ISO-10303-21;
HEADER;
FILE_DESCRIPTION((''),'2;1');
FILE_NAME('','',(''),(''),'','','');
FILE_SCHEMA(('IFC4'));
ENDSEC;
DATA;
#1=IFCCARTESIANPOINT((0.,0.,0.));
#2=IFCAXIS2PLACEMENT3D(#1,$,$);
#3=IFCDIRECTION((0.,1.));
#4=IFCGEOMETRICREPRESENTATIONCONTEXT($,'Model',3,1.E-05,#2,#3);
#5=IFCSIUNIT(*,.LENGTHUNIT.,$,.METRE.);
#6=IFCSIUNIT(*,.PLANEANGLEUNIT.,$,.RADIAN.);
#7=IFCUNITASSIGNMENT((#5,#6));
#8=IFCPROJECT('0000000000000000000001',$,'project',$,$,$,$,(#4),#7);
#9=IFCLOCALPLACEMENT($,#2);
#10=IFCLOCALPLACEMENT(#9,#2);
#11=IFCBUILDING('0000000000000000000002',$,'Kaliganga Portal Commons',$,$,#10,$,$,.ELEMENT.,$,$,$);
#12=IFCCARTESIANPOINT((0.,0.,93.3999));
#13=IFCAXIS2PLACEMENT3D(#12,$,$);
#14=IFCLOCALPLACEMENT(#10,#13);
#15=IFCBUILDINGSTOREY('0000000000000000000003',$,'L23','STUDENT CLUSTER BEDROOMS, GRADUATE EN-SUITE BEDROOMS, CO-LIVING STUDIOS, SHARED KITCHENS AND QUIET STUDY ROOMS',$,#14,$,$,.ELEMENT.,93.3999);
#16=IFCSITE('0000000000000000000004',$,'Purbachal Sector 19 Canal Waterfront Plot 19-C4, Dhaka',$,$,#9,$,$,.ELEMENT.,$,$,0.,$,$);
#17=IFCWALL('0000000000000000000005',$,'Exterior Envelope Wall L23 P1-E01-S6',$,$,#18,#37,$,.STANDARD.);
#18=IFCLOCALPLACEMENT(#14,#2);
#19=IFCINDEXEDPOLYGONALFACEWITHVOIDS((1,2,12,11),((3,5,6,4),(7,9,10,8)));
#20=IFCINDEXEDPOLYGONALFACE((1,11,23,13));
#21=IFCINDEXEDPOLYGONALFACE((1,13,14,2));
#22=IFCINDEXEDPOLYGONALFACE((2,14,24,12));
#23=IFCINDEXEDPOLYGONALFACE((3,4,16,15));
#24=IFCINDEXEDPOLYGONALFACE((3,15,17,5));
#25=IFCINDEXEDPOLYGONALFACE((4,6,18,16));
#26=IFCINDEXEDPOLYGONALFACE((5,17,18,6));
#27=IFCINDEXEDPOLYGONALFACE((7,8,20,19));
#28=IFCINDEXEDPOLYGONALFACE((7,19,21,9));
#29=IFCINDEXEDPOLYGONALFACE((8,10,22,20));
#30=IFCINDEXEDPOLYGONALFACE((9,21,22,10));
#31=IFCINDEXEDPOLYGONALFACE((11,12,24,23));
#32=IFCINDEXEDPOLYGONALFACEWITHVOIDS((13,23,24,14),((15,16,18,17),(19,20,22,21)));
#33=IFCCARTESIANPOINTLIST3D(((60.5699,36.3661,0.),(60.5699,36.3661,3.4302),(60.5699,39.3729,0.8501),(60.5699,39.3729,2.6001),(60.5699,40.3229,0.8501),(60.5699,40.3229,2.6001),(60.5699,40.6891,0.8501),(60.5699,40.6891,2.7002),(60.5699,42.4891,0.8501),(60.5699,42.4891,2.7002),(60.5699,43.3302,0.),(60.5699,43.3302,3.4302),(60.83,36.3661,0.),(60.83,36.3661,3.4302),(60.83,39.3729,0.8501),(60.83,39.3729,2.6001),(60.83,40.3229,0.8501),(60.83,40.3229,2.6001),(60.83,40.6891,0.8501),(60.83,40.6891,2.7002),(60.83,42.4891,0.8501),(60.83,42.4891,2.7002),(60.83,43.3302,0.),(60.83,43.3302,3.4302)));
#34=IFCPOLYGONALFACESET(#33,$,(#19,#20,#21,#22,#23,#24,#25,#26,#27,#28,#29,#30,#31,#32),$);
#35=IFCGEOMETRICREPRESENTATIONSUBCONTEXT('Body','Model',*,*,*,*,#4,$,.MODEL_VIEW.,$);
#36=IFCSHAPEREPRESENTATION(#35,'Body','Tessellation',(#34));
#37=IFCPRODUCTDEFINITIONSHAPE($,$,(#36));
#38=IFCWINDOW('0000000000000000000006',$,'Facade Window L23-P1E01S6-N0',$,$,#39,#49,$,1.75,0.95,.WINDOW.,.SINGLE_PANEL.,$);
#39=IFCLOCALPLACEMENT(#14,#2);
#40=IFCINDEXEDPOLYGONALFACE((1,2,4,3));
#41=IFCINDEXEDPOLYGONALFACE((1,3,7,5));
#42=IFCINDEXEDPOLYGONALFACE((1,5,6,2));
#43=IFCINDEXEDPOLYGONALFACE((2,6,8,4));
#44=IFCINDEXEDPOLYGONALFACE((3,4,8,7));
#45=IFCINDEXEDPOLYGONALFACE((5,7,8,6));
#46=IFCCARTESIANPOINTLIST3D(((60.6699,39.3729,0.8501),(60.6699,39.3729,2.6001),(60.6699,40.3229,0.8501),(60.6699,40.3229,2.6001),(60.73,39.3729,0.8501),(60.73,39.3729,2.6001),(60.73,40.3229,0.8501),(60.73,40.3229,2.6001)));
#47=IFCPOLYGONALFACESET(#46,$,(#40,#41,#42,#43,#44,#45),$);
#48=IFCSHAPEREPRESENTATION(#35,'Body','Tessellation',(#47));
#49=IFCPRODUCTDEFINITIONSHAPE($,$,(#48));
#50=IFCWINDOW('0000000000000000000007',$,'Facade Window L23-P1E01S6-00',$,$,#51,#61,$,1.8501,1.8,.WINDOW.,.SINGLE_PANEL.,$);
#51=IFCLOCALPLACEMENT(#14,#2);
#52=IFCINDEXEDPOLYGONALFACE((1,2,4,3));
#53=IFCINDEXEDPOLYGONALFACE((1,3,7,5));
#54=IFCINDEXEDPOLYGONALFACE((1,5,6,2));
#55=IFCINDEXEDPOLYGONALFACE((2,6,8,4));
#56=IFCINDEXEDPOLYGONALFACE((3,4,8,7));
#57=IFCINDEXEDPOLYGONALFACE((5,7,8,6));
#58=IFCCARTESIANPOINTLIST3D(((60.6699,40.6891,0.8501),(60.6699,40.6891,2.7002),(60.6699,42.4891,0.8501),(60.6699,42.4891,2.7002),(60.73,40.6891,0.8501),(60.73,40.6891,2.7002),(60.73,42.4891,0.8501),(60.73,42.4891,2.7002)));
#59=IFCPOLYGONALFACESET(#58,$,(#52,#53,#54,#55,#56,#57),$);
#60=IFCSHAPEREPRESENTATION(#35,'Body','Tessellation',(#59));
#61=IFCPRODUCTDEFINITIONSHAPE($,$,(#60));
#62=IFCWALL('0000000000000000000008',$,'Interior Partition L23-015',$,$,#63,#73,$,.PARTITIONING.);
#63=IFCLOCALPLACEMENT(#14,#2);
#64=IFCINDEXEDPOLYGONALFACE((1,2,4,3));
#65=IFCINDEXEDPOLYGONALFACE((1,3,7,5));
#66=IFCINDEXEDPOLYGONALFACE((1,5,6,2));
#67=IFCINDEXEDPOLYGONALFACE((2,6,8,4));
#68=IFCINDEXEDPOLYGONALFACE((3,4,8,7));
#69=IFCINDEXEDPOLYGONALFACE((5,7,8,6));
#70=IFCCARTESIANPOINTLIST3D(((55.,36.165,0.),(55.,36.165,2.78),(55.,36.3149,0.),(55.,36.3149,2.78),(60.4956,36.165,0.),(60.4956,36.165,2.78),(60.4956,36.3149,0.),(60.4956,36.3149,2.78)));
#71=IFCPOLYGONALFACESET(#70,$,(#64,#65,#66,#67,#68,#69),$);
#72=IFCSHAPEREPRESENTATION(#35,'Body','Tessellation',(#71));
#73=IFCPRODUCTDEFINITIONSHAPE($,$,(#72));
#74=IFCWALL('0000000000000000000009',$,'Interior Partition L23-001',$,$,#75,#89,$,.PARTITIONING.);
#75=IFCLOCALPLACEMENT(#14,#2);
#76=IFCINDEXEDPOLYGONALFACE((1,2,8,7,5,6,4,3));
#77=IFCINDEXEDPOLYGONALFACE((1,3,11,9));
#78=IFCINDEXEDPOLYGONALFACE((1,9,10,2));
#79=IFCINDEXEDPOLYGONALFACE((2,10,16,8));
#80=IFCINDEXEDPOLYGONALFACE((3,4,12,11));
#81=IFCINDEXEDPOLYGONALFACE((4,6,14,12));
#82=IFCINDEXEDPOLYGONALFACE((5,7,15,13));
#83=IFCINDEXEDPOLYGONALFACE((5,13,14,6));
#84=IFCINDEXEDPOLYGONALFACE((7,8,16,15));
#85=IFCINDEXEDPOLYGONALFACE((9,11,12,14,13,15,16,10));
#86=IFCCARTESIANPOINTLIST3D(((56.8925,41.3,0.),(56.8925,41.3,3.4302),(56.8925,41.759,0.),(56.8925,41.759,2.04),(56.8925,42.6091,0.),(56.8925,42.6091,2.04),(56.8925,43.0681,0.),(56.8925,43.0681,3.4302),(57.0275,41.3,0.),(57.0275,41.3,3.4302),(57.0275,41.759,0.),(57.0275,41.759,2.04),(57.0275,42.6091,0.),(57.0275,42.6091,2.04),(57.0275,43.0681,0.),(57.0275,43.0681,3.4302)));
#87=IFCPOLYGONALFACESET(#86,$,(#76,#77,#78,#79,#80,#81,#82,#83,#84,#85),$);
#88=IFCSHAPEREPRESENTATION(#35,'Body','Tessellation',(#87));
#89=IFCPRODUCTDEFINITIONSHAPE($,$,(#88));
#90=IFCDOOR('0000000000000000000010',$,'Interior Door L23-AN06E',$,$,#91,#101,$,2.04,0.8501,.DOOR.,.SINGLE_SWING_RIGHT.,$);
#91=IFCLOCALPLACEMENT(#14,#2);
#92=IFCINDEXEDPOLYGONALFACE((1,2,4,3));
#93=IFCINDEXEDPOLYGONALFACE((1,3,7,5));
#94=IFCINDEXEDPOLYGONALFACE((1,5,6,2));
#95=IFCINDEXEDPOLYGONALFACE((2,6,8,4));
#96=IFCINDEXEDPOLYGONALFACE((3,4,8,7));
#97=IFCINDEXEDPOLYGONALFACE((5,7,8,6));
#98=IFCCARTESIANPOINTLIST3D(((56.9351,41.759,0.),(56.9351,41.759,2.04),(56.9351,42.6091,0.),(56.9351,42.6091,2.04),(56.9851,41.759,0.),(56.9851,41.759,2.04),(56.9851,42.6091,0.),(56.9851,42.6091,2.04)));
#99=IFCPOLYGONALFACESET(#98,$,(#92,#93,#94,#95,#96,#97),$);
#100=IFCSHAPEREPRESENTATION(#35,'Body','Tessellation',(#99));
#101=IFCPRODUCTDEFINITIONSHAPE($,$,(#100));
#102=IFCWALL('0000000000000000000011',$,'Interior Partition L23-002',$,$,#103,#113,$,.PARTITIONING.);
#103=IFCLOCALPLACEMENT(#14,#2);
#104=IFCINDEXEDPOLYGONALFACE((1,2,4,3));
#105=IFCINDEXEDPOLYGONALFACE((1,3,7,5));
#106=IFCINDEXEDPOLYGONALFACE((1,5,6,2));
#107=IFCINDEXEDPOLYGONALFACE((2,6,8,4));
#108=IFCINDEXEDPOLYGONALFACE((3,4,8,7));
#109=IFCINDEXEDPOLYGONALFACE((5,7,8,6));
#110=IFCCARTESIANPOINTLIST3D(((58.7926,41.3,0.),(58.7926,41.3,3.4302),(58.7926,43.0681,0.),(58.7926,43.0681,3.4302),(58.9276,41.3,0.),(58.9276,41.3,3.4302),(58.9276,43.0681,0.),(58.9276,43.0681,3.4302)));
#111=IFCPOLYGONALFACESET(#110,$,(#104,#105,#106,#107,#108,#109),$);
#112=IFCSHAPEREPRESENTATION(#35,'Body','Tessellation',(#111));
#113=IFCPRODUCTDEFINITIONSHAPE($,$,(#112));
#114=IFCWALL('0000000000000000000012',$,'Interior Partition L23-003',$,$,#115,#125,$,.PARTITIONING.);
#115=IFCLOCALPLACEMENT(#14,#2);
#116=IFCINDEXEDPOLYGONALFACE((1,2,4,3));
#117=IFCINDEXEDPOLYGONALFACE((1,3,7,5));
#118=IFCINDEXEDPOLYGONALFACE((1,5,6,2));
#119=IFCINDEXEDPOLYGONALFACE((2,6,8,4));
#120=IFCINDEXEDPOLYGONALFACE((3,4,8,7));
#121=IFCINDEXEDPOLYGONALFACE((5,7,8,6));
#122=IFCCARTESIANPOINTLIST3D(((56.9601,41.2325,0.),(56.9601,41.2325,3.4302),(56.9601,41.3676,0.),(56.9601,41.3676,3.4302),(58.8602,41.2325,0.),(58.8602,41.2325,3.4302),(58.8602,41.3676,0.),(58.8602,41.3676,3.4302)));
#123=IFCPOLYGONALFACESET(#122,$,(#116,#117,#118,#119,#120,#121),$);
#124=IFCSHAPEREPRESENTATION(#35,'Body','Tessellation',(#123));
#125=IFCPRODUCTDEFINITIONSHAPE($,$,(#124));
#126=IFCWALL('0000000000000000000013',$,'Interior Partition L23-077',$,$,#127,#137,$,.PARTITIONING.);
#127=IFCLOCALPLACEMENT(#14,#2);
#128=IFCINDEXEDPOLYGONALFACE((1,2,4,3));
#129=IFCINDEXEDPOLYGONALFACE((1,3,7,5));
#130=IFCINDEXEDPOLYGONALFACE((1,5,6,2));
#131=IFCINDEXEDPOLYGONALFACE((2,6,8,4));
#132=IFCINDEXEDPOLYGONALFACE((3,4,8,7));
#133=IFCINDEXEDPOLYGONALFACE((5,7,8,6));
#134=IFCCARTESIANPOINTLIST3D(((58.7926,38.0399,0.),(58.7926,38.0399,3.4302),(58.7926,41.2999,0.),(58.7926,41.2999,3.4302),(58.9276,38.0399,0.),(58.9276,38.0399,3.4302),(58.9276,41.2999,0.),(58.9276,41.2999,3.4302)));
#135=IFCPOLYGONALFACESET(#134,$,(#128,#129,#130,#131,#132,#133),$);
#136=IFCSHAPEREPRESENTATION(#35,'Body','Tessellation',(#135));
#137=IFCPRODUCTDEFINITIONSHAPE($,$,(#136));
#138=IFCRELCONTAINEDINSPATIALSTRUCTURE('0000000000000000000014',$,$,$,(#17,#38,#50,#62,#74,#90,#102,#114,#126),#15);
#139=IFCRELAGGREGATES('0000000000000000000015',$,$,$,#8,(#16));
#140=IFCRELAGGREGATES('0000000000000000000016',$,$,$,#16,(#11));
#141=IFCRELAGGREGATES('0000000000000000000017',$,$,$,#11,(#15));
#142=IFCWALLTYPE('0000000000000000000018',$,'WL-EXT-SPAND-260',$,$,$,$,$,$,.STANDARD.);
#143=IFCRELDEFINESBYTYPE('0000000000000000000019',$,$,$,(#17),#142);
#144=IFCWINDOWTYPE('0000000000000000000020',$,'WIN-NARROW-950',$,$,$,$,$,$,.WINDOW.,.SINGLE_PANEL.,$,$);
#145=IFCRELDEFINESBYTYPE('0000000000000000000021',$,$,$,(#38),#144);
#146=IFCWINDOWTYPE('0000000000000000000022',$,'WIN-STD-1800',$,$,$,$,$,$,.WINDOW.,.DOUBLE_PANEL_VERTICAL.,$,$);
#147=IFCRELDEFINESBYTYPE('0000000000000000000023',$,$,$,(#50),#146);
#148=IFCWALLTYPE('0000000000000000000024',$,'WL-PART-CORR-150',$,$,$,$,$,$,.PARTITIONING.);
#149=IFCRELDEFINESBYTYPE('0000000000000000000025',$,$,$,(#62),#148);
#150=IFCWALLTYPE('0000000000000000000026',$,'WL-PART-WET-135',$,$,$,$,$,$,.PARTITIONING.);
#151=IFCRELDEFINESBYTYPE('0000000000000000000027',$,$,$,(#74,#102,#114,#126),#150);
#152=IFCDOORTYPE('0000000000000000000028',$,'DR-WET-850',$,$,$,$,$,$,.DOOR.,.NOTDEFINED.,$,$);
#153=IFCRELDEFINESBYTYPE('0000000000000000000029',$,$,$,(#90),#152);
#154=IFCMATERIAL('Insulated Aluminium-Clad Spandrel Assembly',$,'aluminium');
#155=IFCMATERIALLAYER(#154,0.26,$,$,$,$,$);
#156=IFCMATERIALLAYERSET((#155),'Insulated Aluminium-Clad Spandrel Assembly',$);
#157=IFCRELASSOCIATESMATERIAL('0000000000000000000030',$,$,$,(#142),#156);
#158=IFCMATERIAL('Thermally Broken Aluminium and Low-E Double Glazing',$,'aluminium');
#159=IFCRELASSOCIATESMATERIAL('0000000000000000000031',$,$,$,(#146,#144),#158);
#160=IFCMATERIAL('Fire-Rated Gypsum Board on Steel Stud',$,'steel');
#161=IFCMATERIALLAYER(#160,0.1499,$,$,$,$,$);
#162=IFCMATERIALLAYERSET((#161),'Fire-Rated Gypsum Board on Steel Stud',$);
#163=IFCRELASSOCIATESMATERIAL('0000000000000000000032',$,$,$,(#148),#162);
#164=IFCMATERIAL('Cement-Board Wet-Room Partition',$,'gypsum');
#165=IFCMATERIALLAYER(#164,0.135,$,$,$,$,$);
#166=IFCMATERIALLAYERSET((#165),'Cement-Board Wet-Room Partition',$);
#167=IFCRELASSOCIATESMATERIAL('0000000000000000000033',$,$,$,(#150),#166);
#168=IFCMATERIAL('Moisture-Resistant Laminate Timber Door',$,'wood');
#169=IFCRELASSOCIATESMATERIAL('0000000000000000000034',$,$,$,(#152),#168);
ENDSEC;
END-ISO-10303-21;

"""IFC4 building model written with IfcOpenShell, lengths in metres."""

from ifc_helpers import new_model, si_unit, direction, frame, frame_2d, origin, place, context, subcontext, project, spatial, rectangle, extrude, material, layer, layer_set, type_object, element, fill, save


model = new_model("IFC4")

# Units and contexts
model_context = context("Model", 3, precision=1e-05, world=origin(), true_north=direction((0.0, 1.0)))
body_context = subcontext(model_context, "Body", "Model", "MODEL_VIEW")
ifc_project = project(units=[si_unit("LENGTHUNIT", "METRE"), si_unit("PLANEANGLEUNIT", "RADIAN")], contexts=[model_context])

# Site, building, storey
site_placement = place(None, origin())
site = spatial("IfcSite", under=ifc_project, at=site_placement, Name="Purbachal Sector 19 Canal Waterfront Plot 19-C4, Dhaka", CompositionType="ELEMENT", RefElevation=0.0)
building_placement = place(site_placement, origin())
building = spatial("IfcBuilding", under=site, at=building_placement, Name="Kaliganga Portal Commons", CompositionType="ELEMENT")
storey_placement = place(building_placement, frame((0.0, 0.0, 93.3999)))
storey = spatial("IfcBuildingStorey", under=building, at=storey_placement, Name="L23", Description="STUDENT CLUSTER BEDROOMS, GRADUATE EN-SUITE BEDROOMS, CO-LIVING STUDIOS, SHARED KITCHENS AND QUIET STUDY ROOMS", CompositionType="ELEMENT", Elevation=93.3999)

# Wall, openings, windows
ifc_material_1 = material(Name="Insulated Aluminium-Clad Spandrel Assembly", Category="aluminium")
ifc_layer_1 = layer(ifc_material_1, 0.26)
ifc_layer_set_1 = layer_set([ifc_layer_1], Name="Insulated Aluminium-Clad Spandrel Assembly")
wall_type_1 = type_object("IfcWallType", Name="WL-EXT-SPAND-260", PredefinedType="STANDARD", material=ifc_layer_set_1)
ifc_material_2 = material(Name="Thermally Broken Aluminium and Low-E Double Glazing", Category="aluminium")
window_type_1 = type_object("IfcWindowType", Name="WIN-STD-1800", PartitioningType="DOUBLE_PANEL_VERTICAL", PredefinedType="WINDOW", material=ifc_material_2)
wall_1_placement = place(storey_placement, frame((60.7, 43.3301, 0.0), z_axis=(0.0, 0.0, 1.0), x_axis=(0.0, -1.0, 0.0)))
wall_1 = element("IfcWall", 1, at=wall_1_placement, inside=storey, type_object=wall_type_1, Name="Exterior Envelope Wall L23 P1-E01-S6", PredefinedType="STANDARD", context=body_context, shape_type="SweptSolid", body=[
    extrude(rectangle(XDim=6.9641, YDim=0.26, at=frame_2d((3.4819, 0.0))), origin(), (0.0, 0.0, 1.0), 3.4302),
])
opening_1_placement = place(wall_1_placement, frame((0.8411, 0.0, 0.8501)))
opening_1 = element("IfcOpeningElement", 2, at=opening_1_placement, cuts=wall_1, PredefinedType="OPENING", context=body_context, shape_type="SweptSolid", body=[
    extrude(rectangle(XDim=1.8, YDim=1.8501, at=frame_2d((0.8999, 0.925))), frame((0.0, 0.1401, 0.0), z_axis=(0.0, -1.0, 0.0), x_axis=(1.0, 0.0, 0.0)), (0.0, 0.0, 1.0), 0.28),
])
opening_2_placement = place(wall_1_placement, frame((3.0071, 0.0, 0.8501)))
opening_2 = element("IfcOpeningElement", 3, at=opening_2_placement, cuts=wall_1, PredefinedType="OPENING", context=body_context, shape_type="SweptSolid", body=[
    extrude(rectangle(XDim=0.95, YDim=1.75, at=frame_2d((0.4751, 0.875))), frame((0.0, 0.1401, 0.0), z_axis=(0.0, -1.0, 0.0), x_axis=(1.0, 0.0, 0.0)), (0.0, 0.0, 1.0), 0.28),
])
window_type_2 = type_object("IfcWindowType", Name="WIN-NARROW-950", PartitioningType="SINGLE_PANEL", PredefinedType="WINDOW", material=ifc_material_2)
window_1_placement = place(opening_2_placement, origin())
window_1 = element("IfcWindow", 4, at=window_1_placement, inside=storey, type_object=window_type_2, Name="Facade Window L23-P1E01S6-N0", OverallHeight=1.75, OverallWidth=0.95, PartitioningType="SINGLE_PANEL", PredefinedType="WINDOW", context=body_context, shape_type="SweptSolid", body=[
    extrude(rectangle(XDim=0.95, YDim=1.75, at=frame_2d((0.4751, 0.875))), frame((0.0, 0.03, 0.0), z_axis=(0.0, -1.0, 0.0), x_axis=(1.0, 0.0, 0.0)), (0.0, 0.0, 1.0), 0.0601),
])
fill(opening_2, window_1)
window_2_placement = place(opening_1_placement, origin())
window_2 = element("IfcWindow", 5, at=window_2_placement, inside=storey, type_object=window_type_1, Name="Facade Window L23-P1E01S6-00", OverallHeight=1.8501, OverallWidth=1.8, PartitioningType="SINGLE_PANEL", PredefinedType="WINDOW", context=body_context, shape_type="SweptSolid", body=[
    extrude(rectangle(XDim=1.8, YDim=1.8501, at=frame_2d((0.8999, 0.925))), frame((0.0, 0.03, 0.0), z_axis=(0.0, -1.0, 0.0), x_axis=(1.0, 0.0, 0.0)), (0.0, 0.0, 1.0), 0.0601),
])
fill(opening_1, window_2)

# Wall
ifc_material_3 = material(Name="Fire-Rated Gypsum Board on Steel Stud", Category="steel")
ifc_layer_2 = layer(ifc_material_3, 0.1499)
ifc_layer_set_2 = layer_set([ifc_layer_2], Name="Fire-Rated Gypsum Board on Steel Stud")
wall_type_2 = type_object("IfcWallType", Name="WL-PART-CORR-150", PredefinedType="PARTITIONING", material=ifc_layer_set_2)
wall_2_placement = place(storey_placement, frame((55.0, 36.24, 0.0), z_axis=(0.0, 0.0, 1.0), x_axis=(1.0, 0.0, 0.0)))
element("IfcWall", 6, at=wall_2_placement, inside=storey, type_object=wall_type_2, Name="Interior Partition L23-015", PredefinedType="PARTITIONING", context=body_context, shape_type="SweptSolid", body=[
    extrude(rectangle(XDim=5.4956, YDim=0.1499, at=frame_2d((2.7478, 0.0))), origin(), (0.0, 0.0, 1.0), 2.78),
])

# Wall, opening, door
ifc_material_4 = material(Name="Cement-Board Wet-Room Partition", Category="gypsum")
ifc_layer_3 = layer(ifc_material_4, 0.135)
ifc_layer_set_3 = layer_set([ifc_layer_3], Name="Cement-Board Wet-Room Partition")
wall_type_3 = type_object("IfcWallType", Name="WL-PART-WET-135", PredefinedType="PARTITIONING", material=ifc_layer_set_3)
wall_3_placement = place(storey_placement, frame((56.96, 41.3, 0.0), z_axis=(0.0, 0.0, 1.0), x_axis=(0.0, 1.0, 0.0)))
wall_3 = element("IfcWall", 7, at=wall_3_placement, inside=storey, type_object=wall_type_3, Name="Interior Partition L23-001", PredefinedType="PARTITIONING", context=body_context, shape_type="SweptSolid", body=[
    extrude(rectangle(XDim=1.7681, YDim=0.135, at=frame_2d((0.884, 0.0))), origin(), (0.0, 0.0, 1.0), 3.4302),
])
opening_3_placement = place(wall_3_placement, frame((0.459, 0.0, 0.0)))
opening_3 = element("IfcOpeningElement", 8, at=opening_3_placement, cuts=wall_3, PredefinedType="OPENING", context=body_context, shape_type="SweptSolid", body=[
    extrude(rectangle(XDim=0.8501, YDim=2.04, at=frame_2d((0.425, 1.02))), frame((0.0, 0.0776, 0.0), z_axis=(0.0, -1.0, 0.0), x_axis=(1.0, 0.0, 0.0)), (0.0, 0.0, 1.0), 0.155),
])
ifc_material_5 = material(Name="Moisture-Resistant Laminate Timber Door", Category="wood")
door_type_1 = type_object("IfcDoorType", Name="DR-WET-850", OperationType="NOTDEFINED", PredefinedType="DOOR", material=ifc_material_5)
door_1_placement = place(opening_3_placement, origin())
door_1 = element("IfcDoor", 9, at=door_1_placement, inside=storey, type_object=door_type_1, Name="Interior Door L23-AN06E", OperationType="SINGLE_SWING_RIGHT", OverallHeight=2.04, OverallWidth=0.8501, PredefinedType="DOOR", context=body_context, shape_type="SweptSolid", body=[
    extrude(rectangle(XDim=0.8501, YDim=2.04, at=frame_2d((0.425, 1.02))), frame((0.0, 0.0249, 0.0), z_axis=(0.0, -1.0, 0.0), x_axis=(1.0, 0.0, 0.0)), (0.0, 0.0, 1.0), 0.05),
])
fill(opening_3, door_1)

# Walls
wall_4_placement = place(storey_placement, frame((58.8601, 41.3, 0.0), z_axis=(0.0, 0.0, 1.0), x_axis=(0.0, 1.0, 0.0)))
element("IfcWall", 10, at=wall_4_placement, inside=storey, type_object=wall_type_3, Name="Interior Partition L23-002", PredefinedType="PARTITIONING", context=body_context, shape_type="SweptSolid", body=[
    extrude(rectangle(XDim=1.7681, YDim=0.135, at=frame_2d((0.884, 0.0))), origin(), (0.0, 0.0, 1.0), 3.4302),
])
wall_5_placement = place(storey_placement, frame((56.96, 41.3, 0.0), z_axis=(0.0, 0.0, 1.0), x_axis=(1.0, 0.0, 0.0)))
element("IfcWall", 11, at=wall_5_placement, inside=storey, type_object=wall_type_3, Name="Interior Partition L23-003", PredefinedType="PARTITIONING", context=body_context, shape_type="SweptSolid", body=[
    extrude(rectangle(XDim=1.9001, YDim=0.135, at=frame_2d((0.9502, 0.0))), origin(), (0.0, 0.0, 1.0), 3.4302),
])
wall_6_placement = place(storey_placement, frame((58.8601, 38.04, 0.0), z_axis=(0.0, 0.0, 1.0), x_axis=(0.0, 1.0, 0.0)))
element("IfcWall", 12, at=wall_6_placement, inside=storey, type_object=wall_type_3, Name="Interior Partition L23-077", PredefinedType="PARTITIONING", context=body_context, shape_type="SweptSolid", body=[
    extrude(rectangle(XDim=3.26, YDim=0.135, at=frame_2d((1.6299, 0.0))), origin(), (0.0, 0.0, 1.0), 3.4302),
])

save(model, "model.ifc")
